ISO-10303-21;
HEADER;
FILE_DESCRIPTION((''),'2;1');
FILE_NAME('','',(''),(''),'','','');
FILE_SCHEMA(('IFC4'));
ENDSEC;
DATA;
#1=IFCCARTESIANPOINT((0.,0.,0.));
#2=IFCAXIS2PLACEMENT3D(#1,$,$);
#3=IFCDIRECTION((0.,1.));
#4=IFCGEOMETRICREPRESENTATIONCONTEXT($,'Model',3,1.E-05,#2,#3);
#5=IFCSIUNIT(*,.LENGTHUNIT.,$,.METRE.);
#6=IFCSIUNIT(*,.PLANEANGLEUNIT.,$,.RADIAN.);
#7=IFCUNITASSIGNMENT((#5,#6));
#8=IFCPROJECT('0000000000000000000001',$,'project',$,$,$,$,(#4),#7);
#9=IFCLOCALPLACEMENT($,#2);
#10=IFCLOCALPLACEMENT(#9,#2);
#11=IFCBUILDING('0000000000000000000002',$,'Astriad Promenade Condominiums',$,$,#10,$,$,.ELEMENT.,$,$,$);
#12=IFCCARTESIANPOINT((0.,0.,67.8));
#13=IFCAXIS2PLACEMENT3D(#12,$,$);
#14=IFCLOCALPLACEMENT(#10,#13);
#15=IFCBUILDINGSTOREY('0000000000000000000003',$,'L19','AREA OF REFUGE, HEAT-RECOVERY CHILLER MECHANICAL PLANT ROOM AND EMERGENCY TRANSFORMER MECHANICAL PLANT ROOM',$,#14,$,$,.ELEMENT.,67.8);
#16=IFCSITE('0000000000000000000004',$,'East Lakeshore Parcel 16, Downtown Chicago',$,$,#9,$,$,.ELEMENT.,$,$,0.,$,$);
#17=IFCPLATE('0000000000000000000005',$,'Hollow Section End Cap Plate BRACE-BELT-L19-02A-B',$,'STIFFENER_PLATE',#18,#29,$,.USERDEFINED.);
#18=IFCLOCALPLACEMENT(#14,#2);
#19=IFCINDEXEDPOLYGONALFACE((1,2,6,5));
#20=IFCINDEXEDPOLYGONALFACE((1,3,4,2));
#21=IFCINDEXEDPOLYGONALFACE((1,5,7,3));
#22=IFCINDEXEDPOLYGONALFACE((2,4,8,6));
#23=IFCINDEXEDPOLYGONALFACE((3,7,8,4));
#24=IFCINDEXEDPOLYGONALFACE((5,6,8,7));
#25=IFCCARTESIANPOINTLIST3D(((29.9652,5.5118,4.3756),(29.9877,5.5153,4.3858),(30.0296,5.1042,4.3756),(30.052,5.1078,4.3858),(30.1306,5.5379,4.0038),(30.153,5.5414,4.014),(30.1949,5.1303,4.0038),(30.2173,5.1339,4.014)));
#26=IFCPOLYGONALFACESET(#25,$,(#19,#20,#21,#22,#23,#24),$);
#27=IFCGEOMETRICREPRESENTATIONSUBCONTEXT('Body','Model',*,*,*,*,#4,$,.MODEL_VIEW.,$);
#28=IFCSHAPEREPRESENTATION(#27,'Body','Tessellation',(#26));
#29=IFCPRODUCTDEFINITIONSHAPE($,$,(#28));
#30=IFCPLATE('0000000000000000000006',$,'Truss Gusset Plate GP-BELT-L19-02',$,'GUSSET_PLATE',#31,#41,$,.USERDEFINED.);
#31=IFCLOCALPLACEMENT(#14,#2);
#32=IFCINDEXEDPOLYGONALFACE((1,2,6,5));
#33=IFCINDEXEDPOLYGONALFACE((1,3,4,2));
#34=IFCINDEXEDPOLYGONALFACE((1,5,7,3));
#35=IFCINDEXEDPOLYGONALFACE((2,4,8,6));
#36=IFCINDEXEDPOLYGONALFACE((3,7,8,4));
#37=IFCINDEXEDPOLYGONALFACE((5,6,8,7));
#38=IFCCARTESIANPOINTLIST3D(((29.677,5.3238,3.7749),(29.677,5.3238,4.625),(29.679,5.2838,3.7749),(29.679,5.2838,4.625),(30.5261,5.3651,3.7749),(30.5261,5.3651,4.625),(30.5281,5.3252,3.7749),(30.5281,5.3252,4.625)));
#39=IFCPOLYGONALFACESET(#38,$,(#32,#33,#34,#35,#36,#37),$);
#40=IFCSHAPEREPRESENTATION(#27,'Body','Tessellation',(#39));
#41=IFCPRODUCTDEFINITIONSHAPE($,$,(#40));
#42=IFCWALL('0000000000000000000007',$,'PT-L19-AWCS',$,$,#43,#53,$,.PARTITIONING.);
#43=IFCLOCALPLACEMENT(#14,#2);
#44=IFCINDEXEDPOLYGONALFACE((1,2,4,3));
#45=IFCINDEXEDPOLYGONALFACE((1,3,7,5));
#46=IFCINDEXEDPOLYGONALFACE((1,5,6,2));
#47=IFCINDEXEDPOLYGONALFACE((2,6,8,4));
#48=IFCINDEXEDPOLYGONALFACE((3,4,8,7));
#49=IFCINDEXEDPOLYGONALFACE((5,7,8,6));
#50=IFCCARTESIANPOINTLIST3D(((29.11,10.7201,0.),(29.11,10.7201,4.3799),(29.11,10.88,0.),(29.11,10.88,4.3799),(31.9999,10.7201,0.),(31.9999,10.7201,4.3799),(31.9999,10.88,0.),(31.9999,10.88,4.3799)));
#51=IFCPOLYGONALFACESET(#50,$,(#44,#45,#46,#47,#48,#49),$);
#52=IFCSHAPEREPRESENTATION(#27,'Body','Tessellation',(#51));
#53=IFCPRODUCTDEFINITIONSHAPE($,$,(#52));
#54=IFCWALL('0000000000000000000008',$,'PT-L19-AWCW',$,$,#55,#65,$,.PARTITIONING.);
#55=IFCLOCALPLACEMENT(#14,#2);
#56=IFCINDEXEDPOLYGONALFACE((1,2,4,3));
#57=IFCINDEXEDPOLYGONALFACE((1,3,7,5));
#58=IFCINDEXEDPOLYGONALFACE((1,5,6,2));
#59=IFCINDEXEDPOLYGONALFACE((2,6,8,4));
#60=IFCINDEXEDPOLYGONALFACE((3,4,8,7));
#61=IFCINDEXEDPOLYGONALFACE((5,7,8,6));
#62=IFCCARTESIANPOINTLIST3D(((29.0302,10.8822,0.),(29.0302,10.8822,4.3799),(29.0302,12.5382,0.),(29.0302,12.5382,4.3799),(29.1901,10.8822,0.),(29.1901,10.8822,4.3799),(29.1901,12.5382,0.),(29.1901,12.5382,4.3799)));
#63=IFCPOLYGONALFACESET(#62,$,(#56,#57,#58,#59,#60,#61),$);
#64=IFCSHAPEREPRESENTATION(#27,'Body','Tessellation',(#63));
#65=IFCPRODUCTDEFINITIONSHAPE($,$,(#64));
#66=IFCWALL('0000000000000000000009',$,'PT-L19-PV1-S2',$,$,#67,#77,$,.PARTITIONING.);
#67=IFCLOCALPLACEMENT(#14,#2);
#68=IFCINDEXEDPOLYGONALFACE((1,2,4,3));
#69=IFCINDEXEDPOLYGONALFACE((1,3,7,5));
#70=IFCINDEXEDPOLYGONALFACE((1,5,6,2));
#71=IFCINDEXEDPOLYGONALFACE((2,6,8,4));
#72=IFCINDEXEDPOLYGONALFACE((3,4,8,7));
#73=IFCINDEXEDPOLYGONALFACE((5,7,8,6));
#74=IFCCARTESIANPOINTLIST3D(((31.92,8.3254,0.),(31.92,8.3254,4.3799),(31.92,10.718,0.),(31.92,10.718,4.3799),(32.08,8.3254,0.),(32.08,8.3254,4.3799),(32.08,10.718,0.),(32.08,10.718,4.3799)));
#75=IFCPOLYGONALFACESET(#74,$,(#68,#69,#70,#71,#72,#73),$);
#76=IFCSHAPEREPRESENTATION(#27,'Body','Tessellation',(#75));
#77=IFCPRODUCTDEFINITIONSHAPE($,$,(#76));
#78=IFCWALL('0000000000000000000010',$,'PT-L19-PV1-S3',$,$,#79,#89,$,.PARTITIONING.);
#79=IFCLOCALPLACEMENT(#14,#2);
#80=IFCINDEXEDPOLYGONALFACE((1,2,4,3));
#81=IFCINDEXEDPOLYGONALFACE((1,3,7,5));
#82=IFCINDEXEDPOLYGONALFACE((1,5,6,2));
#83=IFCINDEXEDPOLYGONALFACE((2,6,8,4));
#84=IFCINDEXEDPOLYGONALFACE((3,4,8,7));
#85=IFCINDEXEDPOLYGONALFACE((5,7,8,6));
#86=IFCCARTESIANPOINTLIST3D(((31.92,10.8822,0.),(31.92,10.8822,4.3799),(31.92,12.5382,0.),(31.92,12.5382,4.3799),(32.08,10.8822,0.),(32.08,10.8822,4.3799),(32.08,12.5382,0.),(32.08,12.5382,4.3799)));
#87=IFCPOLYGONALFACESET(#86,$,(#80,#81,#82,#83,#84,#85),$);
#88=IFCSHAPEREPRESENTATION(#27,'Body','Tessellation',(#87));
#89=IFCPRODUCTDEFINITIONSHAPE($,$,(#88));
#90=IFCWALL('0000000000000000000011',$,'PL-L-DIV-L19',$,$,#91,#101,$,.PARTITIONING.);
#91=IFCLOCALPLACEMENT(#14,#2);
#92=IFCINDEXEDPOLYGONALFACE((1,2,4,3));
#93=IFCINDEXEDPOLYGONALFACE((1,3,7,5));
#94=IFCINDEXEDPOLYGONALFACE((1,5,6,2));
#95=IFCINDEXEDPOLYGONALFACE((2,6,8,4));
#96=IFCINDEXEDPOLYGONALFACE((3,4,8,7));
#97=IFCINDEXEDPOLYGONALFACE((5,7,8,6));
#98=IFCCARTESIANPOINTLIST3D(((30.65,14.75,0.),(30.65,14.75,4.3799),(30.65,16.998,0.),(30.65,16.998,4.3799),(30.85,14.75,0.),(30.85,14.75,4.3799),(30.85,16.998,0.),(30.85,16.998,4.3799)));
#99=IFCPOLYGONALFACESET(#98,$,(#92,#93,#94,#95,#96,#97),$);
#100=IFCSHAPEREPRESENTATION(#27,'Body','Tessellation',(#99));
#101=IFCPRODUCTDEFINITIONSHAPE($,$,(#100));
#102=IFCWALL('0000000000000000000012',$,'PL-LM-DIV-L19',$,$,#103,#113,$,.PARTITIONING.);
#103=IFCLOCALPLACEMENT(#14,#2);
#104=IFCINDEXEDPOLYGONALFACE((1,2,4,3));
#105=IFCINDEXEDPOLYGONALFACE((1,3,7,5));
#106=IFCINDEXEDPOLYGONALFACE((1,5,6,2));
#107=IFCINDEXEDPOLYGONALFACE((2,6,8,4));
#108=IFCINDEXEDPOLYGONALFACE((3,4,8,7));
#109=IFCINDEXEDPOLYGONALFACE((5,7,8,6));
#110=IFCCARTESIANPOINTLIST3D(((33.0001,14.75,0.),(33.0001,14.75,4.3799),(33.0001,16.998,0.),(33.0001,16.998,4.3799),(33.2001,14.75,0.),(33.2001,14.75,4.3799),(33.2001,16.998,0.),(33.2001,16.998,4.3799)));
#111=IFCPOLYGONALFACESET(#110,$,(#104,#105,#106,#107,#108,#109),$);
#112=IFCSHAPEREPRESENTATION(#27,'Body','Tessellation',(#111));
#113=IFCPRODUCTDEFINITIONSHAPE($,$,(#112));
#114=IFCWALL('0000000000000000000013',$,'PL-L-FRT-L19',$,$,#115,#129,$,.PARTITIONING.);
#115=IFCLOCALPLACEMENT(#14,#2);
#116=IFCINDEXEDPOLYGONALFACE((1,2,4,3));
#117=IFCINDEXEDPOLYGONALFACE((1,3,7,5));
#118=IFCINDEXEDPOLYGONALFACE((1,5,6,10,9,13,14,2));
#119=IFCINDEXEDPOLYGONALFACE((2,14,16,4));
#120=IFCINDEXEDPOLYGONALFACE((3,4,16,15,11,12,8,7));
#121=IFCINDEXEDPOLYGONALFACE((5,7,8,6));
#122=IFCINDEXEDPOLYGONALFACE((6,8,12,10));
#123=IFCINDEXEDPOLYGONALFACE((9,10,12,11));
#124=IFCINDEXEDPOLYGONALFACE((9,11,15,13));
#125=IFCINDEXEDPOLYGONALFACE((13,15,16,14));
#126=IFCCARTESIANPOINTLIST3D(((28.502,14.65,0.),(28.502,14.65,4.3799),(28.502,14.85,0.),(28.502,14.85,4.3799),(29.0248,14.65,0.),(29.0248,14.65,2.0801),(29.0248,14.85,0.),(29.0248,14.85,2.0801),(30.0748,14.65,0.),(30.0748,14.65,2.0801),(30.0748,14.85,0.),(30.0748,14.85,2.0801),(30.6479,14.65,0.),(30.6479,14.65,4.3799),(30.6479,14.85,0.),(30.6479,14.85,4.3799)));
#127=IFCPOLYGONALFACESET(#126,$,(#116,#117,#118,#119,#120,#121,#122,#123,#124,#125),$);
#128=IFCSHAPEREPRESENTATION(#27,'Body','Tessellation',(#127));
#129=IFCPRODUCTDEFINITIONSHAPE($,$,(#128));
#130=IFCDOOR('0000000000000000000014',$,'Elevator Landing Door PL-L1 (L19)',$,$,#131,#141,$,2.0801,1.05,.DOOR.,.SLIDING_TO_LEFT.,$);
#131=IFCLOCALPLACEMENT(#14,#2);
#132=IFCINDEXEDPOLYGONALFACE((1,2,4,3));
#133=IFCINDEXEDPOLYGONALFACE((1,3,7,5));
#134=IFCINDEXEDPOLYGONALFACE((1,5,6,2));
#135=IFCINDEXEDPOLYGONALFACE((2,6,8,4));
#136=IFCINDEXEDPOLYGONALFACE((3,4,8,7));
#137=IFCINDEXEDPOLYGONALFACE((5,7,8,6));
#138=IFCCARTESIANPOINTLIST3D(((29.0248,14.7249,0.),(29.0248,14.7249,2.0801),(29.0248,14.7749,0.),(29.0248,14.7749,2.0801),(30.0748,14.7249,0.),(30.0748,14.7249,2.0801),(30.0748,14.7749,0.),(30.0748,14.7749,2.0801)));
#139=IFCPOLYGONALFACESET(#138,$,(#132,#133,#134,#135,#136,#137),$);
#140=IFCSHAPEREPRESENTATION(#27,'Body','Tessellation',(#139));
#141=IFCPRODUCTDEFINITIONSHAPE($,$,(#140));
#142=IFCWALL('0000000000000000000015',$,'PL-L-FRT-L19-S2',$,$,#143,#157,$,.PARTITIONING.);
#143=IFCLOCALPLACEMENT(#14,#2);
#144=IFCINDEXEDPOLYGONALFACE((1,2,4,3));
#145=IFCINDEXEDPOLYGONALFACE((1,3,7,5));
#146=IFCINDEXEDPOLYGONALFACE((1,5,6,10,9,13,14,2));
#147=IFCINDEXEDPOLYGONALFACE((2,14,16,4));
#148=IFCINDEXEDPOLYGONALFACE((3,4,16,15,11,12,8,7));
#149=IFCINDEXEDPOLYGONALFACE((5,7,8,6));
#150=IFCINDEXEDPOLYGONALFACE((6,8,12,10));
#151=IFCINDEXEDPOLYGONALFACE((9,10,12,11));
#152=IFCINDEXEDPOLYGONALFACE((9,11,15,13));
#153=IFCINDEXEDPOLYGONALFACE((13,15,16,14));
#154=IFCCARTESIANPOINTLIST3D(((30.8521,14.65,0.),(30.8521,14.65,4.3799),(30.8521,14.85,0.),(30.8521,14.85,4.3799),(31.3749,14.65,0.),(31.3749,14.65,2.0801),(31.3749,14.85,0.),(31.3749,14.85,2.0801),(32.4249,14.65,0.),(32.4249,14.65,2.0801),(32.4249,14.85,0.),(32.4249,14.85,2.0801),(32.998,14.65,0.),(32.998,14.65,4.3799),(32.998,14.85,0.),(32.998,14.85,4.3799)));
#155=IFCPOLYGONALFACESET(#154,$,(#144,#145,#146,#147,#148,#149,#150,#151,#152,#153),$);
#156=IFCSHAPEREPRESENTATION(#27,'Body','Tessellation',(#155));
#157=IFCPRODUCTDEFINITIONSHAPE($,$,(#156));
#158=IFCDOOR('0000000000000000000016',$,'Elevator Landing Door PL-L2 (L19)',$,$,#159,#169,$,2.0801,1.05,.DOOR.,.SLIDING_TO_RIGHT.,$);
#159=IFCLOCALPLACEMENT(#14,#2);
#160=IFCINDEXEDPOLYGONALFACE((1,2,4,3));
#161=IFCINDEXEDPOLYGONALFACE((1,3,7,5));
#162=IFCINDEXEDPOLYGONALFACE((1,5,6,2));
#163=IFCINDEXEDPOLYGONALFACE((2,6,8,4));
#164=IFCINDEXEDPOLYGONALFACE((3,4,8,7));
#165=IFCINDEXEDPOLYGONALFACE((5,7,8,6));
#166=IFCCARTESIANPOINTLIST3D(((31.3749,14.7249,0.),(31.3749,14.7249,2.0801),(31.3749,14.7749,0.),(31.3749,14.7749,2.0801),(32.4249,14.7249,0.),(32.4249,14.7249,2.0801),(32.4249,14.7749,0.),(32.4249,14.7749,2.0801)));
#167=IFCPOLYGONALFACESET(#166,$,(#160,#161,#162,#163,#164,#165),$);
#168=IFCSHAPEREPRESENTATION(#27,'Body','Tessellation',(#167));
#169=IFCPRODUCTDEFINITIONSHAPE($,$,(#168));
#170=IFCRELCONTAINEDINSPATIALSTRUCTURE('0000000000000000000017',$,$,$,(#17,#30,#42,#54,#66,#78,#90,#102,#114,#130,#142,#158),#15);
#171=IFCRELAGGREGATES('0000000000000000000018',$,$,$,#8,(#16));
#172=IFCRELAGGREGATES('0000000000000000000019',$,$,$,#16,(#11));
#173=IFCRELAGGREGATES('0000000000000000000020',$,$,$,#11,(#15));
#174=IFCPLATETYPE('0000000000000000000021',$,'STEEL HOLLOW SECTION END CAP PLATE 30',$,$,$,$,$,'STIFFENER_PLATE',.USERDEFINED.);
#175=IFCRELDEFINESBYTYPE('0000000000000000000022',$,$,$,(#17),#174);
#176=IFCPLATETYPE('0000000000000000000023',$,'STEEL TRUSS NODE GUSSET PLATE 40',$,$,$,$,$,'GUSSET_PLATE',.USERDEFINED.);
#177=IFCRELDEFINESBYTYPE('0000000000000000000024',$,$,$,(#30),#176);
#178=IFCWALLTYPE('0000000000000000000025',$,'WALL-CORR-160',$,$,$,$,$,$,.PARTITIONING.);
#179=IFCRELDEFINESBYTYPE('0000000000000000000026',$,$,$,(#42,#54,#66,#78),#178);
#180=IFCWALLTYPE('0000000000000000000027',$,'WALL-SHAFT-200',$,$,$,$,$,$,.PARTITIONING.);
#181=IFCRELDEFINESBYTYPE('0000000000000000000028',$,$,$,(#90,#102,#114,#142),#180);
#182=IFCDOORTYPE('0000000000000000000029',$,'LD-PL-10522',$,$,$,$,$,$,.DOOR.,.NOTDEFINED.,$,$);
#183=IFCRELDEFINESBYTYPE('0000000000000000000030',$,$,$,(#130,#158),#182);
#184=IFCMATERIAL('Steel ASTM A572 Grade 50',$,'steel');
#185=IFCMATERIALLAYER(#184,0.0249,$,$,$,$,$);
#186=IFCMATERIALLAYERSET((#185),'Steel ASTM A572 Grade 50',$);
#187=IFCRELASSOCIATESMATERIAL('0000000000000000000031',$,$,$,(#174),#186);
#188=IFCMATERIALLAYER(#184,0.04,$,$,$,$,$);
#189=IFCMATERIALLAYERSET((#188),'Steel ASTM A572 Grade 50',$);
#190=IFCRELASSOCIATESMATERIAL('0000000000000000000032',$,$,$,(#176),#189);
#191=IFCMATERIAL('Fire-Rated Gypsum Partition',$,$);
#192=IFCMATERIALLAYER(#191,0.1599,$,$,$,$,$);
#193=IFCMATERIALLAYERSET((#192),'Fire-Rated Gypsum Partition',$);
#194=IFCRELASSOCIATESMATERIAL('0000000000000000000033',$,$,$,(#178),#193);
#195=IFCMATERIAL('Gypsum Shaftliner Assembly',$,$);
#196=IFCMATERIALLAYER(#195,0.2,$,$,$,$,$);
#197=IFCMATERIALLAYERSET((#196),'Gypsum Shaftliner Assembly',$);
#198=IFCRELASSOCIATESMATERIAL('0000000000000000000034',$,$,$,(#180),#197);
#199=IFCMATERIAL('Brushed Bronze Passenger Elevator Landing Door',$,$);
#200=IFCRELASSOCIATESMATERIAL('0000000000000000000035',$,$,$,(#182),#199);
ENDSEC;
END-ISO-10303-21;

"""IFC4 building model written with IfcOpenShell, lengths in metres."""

from ifc_helpers import new_model, si_unit, direction, frame, frame_2d, origin, origin_2d, place, context, subcontext, project, spatial, rectangle, extrude, source, transform, mapped, material, layer, layer_set, type_object, type_shapes, element, fill, save


model = new_model("IFC4")

# Units and contexts
model_context = context("Model", 3, precision=1e-05, world=origin(), true_north=direction((0.0, 1.0)))
body_context = subcontext(model_context, "Body", "Model", "MODEL_VIEW")
ifc_project = project(units=[si_unit("LENGTHUNIT", "METRE"), si_unit("PLANEANGLEUNIT", "RADIAN")], contexts=[model_context])

# Site, building, storey
site_placement = place(None, origin())
site = spatial("IfcSite", under=ifc_project, at=site_placement, Name="East Lakeshore Parcel 16, Downtown Chicago", CompositionType="ELEMENT", RefElevation=0.0)
building_placement = place(site_placement, origin())
building = spatial("IfcBuilding", under=site, at=building_placement, Name="Astriad Promenade Condominiums", CompositionType="ELEMENT")
storey_placement = place(building_placement, frame((0.0, 0.0, 67.8)))
storey = spatial("IfcBuildingStorey", under=building, at=storey_placement, Name="L19", Description="AREA OF REFUGE, HEAT-RECOVERY CHILLER MECHANICAL PLANT ROOM AND EMERGENCY TRANSFORMER MECHANICAL PLANT ROOM", CompositionType="ELEMENT", Elevation=67.8)

# Plates
ifc_material_1 = material(Name="Steel ASTM A572 Grade 50", Category="steel")
ifc_layer_1 = layer(ifc_material_1, 0.0249)
ifc_layer_set_1 = layer_set([ifc_layer_1], Name="Steel ASTM A572 Grade 50")
plate_type_1 = type_object("IfcPlateType", Name="STEEL HOLLOW SECTION END CAP PLATE 30", ElementType="STIFFENER_PLATE", PredefinedType="USERDEFINED", material=ifc_layer_set_1)
shared_shape_1 = source(origin(), body_context, "Body", "SweptSolid", [
    extrude(rectangle(XDim=0.4126, YDim=0.4077, at=origin_2d()), origin(), (0.0, 0.0, 1.0), 0.0249),
])
type_shapes(plate_type_1, [shared_shape_1])
plate_1_placement = place(storey_placement, frame((30.0801, 5.321, 4.1897), z_axis=(0.900702, 0.142177, 0.410513), x_axis=(-0.15592, 0.98777, 0.0)))
element("IfcPlate", 1, at=plate_1_placement, inside=storey, type_object=plate_type_1, Name="Hollow Section End Cap Plate BRACE-BELT-L19-02A-B", ObjectType="STIFFENER_PLATE", PredefinedType="USERDEFINED", context=body_context, shape_type="MappedRepresentation", body=[
    mapped(shared_shape_1, transform((0.0, 0.0, 0.0), scale=1.0)),
])
ifc_layer_2 = layer(ifc_material_1, 0.04)
ifc_layer_set_2 = layer_set([ifc_layer_2], Name="Steel ASTM A572 Grade 50")
plate_type_2 = type_object("IfcPlateType", Name="STEEL TRUSS NODE GUSSET PLATE 40", ElementType="GUSSET_PLATE", PredefinedType="USERDEFINED", material=ifc_layer_set_2)
shared_shape_2 = source(origin(), body_context, "Body", "SweptSolid", [
    extrude(rectangle(XDim=0.8501, YDim=0.04, at=origin_2d()), origin(), (0.0, 0.0, 1.0), 0.8501),
])
type_shapes(plate_type_2, [shared_shape_2])
plate_2_placement = place(storey_placement, frame((30.1025, 5.3245, 3.7749), z_axis=(0.0, 0.0, 1.0), x_axis=(0.998815, 0.048675, 0.0)))
element("IfcPlate", 2, at=plate_2_placement, inside=storey, type_object=plate_type_2, Name="Truss Gusset Plate GP-BELT-L19-02", ObjectType="GUSSET_PLATE", PredefinedType="USERDEFINED", context=body_context, shape_type="MappedRepresentation", body=[
    mapped(shared_shape_2, transform((0.0, 0.0, 0.0), scale=1.0)),
])

# Walls
ifc_material_2 = material(Name="Fire-Rated Gypsum Partition")
ifc_layer_3 = layer(ifc_material_2, 0.1599)
ifc_layer_set_3 = layer_set([ifc_layer_3], Name="Fire-Rated Gypsum Partition")
wall_type_1 = type_object("IfcWallType", Name="WALL-CORR-160", PredefinedType="PARTITIONING", material=ifc_layer_set_3)
wall_1_placement = place(storey_placement, frame((29.1101, 10.8, 0.0), z_axis=(0.0, 0.0, 1.0), x_axis=(1.0, 0.0, 0.0)))
element("IfcWall", 3, at=wall_1_placement, inside=storey, type_object=wall_type_1, Name="PT-L19-AWCS", PredefinedType="PARTITIONING", context=body_context, shape_type="SweptSolid", body=[
    extrude(rectangle(XDim=2.8899, YDim=0.1599, at=frame_2d((1.4448, 0.0))), origin(), (0.0, 0.0, 1.0), 4.3799),
])
wall_2_placement = place(storey_placement, frame((29.1101, 10.8821, 0.0), z_axis=(0.0, 0.0, 1.0), x_axis=(0.0, 1.0, 0.0)))
element("IfcWall", 4, at=wall_2_placement, inside=storey, type_object=wall_type_1, Name="PT-L19-AWCW", PredefinedType="PARTITIONING", context=body_context, shape_type="SweptSolid", body=[
    extrude(rectangle(XDim=1.656, YDim=0.1599, at=frame_2d((0.8281, 0.0))), origin(), (0.0, 0.0, 1.0), 4.3799),
])
wall_3_placement = place(storey_placement, frame((32.0, 8.3254, 0.0), z_axis=(0.0, 0.0, 1.0), x_axis=(0.0, 1.0, 0.0)))
element("IfcWall", 5, at=wall_3_placement, inside=storey, type_object=wall_type_1, Name="PT-L19-PV1-S2", PredefinedType="PARTITIONING", context=body_context, shape_type="SweptSolid", body=[
    extrude(rectangle(XDim=2.3926, YDim=0.1599, at=frame_2d((1.1963, 0.0))), origin(), (0.0, 0.0, 1.0), 4.3799),
])
wall_4_placement = place(storey_placement, frame((32.0, 10.8821, 0.0), z_axis=(0.0, 0.0, 1.0), x_axis=(0.0, 1.0, 0.0)))
element("IfcWall", 6, at=wall_4_placement, inside=storey, type_object=wall_type_1, Name="PT-L19-PV1-S3", PredefinedType="PARTITIONING", context=body_context, shape_type="SweptSolid", body=[
    extrude(rectangle(XDim=1.656, YDim=0.1599, at=frame_2d((0.8281, 0.0))), origin(), (0.0, 0.0, 1.0), 4.3799),
])
ifc_material_3 = material(Name="Gypsum Shaftliner Assembly")
ifc_layer_4 = layer(ifc_material_3, 0.2)
ifc_layer_set_4 = layer_set([ifc_layer_4], Name="Gypsum Shaftliner Assembly")
wall_type_2 = type_object("IfcWallType", Name="WALL-SHAFT-200", PredefinedType="PARTITIONING", material=ifc_layer_set_4)
for number, where, z_axis, x_axis, name in (
    (7, (30.75, 14.75, 0.0), (0.0, 0.0, 1.0), (0.0, 1.0, 0.0), "PL-L-DIV-L19"),
    (8, (33.1001, 14.75, 0.0), (0.0, 0.0, 1.0), (0.0, 1.0, 0.0), "PL-LM-DIV-L19"),
):
    element("IfcWall", number, at=place(storey_placement, frame(where, z_axis=z_axis, x_axis=x_axis)), inside=storey, type_object=wall_type_2, Name=name, PredefinedType="PARTITIONING", context=body_context, shape_type="SweptSolid", body=[
        extrude(rectangle(XDim=2.248, YDim=0.2, at=frame_2d((1.124, 0.0))), origin(), (0.0, 0.0, 1.0), 4.3799),
    ])

# Walls, openings, doors
wall_5_placement = place(storey_placement, frame((28.502, 14.75, 0.0), z_axis=(0.0, 0.0, 1.0), x_axis=(1.0, 0.0, 0.0)))
wall_5 = element("IfcWall", 9, at=wall_5_placement, inside=storey, type_object=wall_type_2, Name="PL-L-FRT-L19", PredefinedType="PARTITIONING", context=body_context, shape_type="SweptSolid", body=[
    extrude(rectangle(XDim=2.146, YDim=0.2, at=frame_2d((1.073, 0.0))), origin(), (0.0, 0.0, 1.0), 4.3799),
])
opening_1_placement = place(wall_5_placement, frame((0.5229, 0.0, 0.0)))
opening_1 = element("IfcOpeningElement", 10, at=opening_1_placement, cuts=wall_5, PredefinedType="OPENING", context=body_context, shape_type="SweptSolid", body=[
    extrude(rectangle(XDim=1.05, YDim=2.0801, at=frame_2d((0.5249, 1.04))), frame((0.0, 0.1099, 0.0), z_axis=(0.0, -1.0, 0.0), x_axis=(1.0, 0.0, 0.0)), (0.0, 0.0, 1.0), 0.22),
])
ifc_material_4 = material(Name="Brushed Bronze Passenger Elevator Landing Door")
door_type = type_object("IfcDoorType", Name="LD-PL-10522", OperationType="NOTDEFINED", PredefinedType="DOOR", material=ifc_material_4)
shared_shape_3 = source(origin(), body_context, "Body", "SweptSolid", [
    extrude(rectangle(XDim=1.05, YDim=2.0801, at=frame_2d((0.5249, 1.04))), frame((0.0, 0.0249, 0.0), z_axis=(0.0, -1.0, 0.0), x_axis=(1.0, 0.0, 0.0)), (0.0, 0.0, 1.0), 0.05),
])
type_shapes(door_type, [shared_shape_3])
door_1_placement = place(opening_1_placement, origin())
door_1 = element("IfcDoor", 11, at=door_1_placement, inside=storey, type_object=door_type, Name="Elevator Landing Door PL-L1 (L19)", OperationType="SLIDING_TO_LEFT", OverallHeight=2.0801, OverallWidth=1.05, PredefinedType="DOOR", context=body_context, shape_type="MappedRepresentation", body=[
    mapped(shared_shape_3, transform((0.0, 0.0, 0.0), scale=1.0)),
])
fill(opening_1, door_1)
wall_6_placement = place(storey_placement, frame((30.8521, 14.75, 0.0), z_axis=(0.0, 0.0, 1.0), x_axis=(1.0, 0.0, 0.0)))
wall_6 = element("IfcWall", 12, at=wall_6_placement, inside=storey, type_object=wall_type_2, Name="PL-L-FRT-L19-S2", PredefinedType="PARTITIONING", context=body_context, shape_type="SweptSolid", body=[
    extrude(rectangle(XDim=2.146, YDim=0.2, at=frame_2d((1.073, 0.0))), origin(), (0.0, 0.0, 1.0), 4.3799),
])
opening_2_placement = place(wall_6_placement, frame((0.5229, 0.0, 0.0)))
opening_2 = element("IfcOpeningElement", 13, at=opening_2_placement, cuts=wall_6, PredefinedType="OPENING", context=body_context, shape_type="SweptSolid", body=[
    extrude(rectangle(XDim=1.05, YDim=2.0801, at=frame_2d((0.5249, 1.04))), frame((0.0, 0.1099, 0.0), z_axis=(0.0, -1.0, 0.0), x_axis=(1.0, 0.0, 0.0)), (0.0, 0.0, 1.0), 0.22),
])
door_2_placement = place(opening_2_placement, origin())
door_2 = element("IfcDoor", 14, at=door_2_placement, inside=storey, type_object=door_type, Name="Elevator Landing Door PL-L2 (L19)", OperationType="SLIDING_TO_RIGHT", OverallHeight=2.0801, OverallWidth=1.05, PredefinedType="DOOR", context=body_context, shape_type="MappedRepresentation", body=[
    mapped(shared_shape_3, transform((0.0, 0.0, 0.0), scale=1.0)),
])
fill(opening_2, door_2)

save(model, "model.ifc")
